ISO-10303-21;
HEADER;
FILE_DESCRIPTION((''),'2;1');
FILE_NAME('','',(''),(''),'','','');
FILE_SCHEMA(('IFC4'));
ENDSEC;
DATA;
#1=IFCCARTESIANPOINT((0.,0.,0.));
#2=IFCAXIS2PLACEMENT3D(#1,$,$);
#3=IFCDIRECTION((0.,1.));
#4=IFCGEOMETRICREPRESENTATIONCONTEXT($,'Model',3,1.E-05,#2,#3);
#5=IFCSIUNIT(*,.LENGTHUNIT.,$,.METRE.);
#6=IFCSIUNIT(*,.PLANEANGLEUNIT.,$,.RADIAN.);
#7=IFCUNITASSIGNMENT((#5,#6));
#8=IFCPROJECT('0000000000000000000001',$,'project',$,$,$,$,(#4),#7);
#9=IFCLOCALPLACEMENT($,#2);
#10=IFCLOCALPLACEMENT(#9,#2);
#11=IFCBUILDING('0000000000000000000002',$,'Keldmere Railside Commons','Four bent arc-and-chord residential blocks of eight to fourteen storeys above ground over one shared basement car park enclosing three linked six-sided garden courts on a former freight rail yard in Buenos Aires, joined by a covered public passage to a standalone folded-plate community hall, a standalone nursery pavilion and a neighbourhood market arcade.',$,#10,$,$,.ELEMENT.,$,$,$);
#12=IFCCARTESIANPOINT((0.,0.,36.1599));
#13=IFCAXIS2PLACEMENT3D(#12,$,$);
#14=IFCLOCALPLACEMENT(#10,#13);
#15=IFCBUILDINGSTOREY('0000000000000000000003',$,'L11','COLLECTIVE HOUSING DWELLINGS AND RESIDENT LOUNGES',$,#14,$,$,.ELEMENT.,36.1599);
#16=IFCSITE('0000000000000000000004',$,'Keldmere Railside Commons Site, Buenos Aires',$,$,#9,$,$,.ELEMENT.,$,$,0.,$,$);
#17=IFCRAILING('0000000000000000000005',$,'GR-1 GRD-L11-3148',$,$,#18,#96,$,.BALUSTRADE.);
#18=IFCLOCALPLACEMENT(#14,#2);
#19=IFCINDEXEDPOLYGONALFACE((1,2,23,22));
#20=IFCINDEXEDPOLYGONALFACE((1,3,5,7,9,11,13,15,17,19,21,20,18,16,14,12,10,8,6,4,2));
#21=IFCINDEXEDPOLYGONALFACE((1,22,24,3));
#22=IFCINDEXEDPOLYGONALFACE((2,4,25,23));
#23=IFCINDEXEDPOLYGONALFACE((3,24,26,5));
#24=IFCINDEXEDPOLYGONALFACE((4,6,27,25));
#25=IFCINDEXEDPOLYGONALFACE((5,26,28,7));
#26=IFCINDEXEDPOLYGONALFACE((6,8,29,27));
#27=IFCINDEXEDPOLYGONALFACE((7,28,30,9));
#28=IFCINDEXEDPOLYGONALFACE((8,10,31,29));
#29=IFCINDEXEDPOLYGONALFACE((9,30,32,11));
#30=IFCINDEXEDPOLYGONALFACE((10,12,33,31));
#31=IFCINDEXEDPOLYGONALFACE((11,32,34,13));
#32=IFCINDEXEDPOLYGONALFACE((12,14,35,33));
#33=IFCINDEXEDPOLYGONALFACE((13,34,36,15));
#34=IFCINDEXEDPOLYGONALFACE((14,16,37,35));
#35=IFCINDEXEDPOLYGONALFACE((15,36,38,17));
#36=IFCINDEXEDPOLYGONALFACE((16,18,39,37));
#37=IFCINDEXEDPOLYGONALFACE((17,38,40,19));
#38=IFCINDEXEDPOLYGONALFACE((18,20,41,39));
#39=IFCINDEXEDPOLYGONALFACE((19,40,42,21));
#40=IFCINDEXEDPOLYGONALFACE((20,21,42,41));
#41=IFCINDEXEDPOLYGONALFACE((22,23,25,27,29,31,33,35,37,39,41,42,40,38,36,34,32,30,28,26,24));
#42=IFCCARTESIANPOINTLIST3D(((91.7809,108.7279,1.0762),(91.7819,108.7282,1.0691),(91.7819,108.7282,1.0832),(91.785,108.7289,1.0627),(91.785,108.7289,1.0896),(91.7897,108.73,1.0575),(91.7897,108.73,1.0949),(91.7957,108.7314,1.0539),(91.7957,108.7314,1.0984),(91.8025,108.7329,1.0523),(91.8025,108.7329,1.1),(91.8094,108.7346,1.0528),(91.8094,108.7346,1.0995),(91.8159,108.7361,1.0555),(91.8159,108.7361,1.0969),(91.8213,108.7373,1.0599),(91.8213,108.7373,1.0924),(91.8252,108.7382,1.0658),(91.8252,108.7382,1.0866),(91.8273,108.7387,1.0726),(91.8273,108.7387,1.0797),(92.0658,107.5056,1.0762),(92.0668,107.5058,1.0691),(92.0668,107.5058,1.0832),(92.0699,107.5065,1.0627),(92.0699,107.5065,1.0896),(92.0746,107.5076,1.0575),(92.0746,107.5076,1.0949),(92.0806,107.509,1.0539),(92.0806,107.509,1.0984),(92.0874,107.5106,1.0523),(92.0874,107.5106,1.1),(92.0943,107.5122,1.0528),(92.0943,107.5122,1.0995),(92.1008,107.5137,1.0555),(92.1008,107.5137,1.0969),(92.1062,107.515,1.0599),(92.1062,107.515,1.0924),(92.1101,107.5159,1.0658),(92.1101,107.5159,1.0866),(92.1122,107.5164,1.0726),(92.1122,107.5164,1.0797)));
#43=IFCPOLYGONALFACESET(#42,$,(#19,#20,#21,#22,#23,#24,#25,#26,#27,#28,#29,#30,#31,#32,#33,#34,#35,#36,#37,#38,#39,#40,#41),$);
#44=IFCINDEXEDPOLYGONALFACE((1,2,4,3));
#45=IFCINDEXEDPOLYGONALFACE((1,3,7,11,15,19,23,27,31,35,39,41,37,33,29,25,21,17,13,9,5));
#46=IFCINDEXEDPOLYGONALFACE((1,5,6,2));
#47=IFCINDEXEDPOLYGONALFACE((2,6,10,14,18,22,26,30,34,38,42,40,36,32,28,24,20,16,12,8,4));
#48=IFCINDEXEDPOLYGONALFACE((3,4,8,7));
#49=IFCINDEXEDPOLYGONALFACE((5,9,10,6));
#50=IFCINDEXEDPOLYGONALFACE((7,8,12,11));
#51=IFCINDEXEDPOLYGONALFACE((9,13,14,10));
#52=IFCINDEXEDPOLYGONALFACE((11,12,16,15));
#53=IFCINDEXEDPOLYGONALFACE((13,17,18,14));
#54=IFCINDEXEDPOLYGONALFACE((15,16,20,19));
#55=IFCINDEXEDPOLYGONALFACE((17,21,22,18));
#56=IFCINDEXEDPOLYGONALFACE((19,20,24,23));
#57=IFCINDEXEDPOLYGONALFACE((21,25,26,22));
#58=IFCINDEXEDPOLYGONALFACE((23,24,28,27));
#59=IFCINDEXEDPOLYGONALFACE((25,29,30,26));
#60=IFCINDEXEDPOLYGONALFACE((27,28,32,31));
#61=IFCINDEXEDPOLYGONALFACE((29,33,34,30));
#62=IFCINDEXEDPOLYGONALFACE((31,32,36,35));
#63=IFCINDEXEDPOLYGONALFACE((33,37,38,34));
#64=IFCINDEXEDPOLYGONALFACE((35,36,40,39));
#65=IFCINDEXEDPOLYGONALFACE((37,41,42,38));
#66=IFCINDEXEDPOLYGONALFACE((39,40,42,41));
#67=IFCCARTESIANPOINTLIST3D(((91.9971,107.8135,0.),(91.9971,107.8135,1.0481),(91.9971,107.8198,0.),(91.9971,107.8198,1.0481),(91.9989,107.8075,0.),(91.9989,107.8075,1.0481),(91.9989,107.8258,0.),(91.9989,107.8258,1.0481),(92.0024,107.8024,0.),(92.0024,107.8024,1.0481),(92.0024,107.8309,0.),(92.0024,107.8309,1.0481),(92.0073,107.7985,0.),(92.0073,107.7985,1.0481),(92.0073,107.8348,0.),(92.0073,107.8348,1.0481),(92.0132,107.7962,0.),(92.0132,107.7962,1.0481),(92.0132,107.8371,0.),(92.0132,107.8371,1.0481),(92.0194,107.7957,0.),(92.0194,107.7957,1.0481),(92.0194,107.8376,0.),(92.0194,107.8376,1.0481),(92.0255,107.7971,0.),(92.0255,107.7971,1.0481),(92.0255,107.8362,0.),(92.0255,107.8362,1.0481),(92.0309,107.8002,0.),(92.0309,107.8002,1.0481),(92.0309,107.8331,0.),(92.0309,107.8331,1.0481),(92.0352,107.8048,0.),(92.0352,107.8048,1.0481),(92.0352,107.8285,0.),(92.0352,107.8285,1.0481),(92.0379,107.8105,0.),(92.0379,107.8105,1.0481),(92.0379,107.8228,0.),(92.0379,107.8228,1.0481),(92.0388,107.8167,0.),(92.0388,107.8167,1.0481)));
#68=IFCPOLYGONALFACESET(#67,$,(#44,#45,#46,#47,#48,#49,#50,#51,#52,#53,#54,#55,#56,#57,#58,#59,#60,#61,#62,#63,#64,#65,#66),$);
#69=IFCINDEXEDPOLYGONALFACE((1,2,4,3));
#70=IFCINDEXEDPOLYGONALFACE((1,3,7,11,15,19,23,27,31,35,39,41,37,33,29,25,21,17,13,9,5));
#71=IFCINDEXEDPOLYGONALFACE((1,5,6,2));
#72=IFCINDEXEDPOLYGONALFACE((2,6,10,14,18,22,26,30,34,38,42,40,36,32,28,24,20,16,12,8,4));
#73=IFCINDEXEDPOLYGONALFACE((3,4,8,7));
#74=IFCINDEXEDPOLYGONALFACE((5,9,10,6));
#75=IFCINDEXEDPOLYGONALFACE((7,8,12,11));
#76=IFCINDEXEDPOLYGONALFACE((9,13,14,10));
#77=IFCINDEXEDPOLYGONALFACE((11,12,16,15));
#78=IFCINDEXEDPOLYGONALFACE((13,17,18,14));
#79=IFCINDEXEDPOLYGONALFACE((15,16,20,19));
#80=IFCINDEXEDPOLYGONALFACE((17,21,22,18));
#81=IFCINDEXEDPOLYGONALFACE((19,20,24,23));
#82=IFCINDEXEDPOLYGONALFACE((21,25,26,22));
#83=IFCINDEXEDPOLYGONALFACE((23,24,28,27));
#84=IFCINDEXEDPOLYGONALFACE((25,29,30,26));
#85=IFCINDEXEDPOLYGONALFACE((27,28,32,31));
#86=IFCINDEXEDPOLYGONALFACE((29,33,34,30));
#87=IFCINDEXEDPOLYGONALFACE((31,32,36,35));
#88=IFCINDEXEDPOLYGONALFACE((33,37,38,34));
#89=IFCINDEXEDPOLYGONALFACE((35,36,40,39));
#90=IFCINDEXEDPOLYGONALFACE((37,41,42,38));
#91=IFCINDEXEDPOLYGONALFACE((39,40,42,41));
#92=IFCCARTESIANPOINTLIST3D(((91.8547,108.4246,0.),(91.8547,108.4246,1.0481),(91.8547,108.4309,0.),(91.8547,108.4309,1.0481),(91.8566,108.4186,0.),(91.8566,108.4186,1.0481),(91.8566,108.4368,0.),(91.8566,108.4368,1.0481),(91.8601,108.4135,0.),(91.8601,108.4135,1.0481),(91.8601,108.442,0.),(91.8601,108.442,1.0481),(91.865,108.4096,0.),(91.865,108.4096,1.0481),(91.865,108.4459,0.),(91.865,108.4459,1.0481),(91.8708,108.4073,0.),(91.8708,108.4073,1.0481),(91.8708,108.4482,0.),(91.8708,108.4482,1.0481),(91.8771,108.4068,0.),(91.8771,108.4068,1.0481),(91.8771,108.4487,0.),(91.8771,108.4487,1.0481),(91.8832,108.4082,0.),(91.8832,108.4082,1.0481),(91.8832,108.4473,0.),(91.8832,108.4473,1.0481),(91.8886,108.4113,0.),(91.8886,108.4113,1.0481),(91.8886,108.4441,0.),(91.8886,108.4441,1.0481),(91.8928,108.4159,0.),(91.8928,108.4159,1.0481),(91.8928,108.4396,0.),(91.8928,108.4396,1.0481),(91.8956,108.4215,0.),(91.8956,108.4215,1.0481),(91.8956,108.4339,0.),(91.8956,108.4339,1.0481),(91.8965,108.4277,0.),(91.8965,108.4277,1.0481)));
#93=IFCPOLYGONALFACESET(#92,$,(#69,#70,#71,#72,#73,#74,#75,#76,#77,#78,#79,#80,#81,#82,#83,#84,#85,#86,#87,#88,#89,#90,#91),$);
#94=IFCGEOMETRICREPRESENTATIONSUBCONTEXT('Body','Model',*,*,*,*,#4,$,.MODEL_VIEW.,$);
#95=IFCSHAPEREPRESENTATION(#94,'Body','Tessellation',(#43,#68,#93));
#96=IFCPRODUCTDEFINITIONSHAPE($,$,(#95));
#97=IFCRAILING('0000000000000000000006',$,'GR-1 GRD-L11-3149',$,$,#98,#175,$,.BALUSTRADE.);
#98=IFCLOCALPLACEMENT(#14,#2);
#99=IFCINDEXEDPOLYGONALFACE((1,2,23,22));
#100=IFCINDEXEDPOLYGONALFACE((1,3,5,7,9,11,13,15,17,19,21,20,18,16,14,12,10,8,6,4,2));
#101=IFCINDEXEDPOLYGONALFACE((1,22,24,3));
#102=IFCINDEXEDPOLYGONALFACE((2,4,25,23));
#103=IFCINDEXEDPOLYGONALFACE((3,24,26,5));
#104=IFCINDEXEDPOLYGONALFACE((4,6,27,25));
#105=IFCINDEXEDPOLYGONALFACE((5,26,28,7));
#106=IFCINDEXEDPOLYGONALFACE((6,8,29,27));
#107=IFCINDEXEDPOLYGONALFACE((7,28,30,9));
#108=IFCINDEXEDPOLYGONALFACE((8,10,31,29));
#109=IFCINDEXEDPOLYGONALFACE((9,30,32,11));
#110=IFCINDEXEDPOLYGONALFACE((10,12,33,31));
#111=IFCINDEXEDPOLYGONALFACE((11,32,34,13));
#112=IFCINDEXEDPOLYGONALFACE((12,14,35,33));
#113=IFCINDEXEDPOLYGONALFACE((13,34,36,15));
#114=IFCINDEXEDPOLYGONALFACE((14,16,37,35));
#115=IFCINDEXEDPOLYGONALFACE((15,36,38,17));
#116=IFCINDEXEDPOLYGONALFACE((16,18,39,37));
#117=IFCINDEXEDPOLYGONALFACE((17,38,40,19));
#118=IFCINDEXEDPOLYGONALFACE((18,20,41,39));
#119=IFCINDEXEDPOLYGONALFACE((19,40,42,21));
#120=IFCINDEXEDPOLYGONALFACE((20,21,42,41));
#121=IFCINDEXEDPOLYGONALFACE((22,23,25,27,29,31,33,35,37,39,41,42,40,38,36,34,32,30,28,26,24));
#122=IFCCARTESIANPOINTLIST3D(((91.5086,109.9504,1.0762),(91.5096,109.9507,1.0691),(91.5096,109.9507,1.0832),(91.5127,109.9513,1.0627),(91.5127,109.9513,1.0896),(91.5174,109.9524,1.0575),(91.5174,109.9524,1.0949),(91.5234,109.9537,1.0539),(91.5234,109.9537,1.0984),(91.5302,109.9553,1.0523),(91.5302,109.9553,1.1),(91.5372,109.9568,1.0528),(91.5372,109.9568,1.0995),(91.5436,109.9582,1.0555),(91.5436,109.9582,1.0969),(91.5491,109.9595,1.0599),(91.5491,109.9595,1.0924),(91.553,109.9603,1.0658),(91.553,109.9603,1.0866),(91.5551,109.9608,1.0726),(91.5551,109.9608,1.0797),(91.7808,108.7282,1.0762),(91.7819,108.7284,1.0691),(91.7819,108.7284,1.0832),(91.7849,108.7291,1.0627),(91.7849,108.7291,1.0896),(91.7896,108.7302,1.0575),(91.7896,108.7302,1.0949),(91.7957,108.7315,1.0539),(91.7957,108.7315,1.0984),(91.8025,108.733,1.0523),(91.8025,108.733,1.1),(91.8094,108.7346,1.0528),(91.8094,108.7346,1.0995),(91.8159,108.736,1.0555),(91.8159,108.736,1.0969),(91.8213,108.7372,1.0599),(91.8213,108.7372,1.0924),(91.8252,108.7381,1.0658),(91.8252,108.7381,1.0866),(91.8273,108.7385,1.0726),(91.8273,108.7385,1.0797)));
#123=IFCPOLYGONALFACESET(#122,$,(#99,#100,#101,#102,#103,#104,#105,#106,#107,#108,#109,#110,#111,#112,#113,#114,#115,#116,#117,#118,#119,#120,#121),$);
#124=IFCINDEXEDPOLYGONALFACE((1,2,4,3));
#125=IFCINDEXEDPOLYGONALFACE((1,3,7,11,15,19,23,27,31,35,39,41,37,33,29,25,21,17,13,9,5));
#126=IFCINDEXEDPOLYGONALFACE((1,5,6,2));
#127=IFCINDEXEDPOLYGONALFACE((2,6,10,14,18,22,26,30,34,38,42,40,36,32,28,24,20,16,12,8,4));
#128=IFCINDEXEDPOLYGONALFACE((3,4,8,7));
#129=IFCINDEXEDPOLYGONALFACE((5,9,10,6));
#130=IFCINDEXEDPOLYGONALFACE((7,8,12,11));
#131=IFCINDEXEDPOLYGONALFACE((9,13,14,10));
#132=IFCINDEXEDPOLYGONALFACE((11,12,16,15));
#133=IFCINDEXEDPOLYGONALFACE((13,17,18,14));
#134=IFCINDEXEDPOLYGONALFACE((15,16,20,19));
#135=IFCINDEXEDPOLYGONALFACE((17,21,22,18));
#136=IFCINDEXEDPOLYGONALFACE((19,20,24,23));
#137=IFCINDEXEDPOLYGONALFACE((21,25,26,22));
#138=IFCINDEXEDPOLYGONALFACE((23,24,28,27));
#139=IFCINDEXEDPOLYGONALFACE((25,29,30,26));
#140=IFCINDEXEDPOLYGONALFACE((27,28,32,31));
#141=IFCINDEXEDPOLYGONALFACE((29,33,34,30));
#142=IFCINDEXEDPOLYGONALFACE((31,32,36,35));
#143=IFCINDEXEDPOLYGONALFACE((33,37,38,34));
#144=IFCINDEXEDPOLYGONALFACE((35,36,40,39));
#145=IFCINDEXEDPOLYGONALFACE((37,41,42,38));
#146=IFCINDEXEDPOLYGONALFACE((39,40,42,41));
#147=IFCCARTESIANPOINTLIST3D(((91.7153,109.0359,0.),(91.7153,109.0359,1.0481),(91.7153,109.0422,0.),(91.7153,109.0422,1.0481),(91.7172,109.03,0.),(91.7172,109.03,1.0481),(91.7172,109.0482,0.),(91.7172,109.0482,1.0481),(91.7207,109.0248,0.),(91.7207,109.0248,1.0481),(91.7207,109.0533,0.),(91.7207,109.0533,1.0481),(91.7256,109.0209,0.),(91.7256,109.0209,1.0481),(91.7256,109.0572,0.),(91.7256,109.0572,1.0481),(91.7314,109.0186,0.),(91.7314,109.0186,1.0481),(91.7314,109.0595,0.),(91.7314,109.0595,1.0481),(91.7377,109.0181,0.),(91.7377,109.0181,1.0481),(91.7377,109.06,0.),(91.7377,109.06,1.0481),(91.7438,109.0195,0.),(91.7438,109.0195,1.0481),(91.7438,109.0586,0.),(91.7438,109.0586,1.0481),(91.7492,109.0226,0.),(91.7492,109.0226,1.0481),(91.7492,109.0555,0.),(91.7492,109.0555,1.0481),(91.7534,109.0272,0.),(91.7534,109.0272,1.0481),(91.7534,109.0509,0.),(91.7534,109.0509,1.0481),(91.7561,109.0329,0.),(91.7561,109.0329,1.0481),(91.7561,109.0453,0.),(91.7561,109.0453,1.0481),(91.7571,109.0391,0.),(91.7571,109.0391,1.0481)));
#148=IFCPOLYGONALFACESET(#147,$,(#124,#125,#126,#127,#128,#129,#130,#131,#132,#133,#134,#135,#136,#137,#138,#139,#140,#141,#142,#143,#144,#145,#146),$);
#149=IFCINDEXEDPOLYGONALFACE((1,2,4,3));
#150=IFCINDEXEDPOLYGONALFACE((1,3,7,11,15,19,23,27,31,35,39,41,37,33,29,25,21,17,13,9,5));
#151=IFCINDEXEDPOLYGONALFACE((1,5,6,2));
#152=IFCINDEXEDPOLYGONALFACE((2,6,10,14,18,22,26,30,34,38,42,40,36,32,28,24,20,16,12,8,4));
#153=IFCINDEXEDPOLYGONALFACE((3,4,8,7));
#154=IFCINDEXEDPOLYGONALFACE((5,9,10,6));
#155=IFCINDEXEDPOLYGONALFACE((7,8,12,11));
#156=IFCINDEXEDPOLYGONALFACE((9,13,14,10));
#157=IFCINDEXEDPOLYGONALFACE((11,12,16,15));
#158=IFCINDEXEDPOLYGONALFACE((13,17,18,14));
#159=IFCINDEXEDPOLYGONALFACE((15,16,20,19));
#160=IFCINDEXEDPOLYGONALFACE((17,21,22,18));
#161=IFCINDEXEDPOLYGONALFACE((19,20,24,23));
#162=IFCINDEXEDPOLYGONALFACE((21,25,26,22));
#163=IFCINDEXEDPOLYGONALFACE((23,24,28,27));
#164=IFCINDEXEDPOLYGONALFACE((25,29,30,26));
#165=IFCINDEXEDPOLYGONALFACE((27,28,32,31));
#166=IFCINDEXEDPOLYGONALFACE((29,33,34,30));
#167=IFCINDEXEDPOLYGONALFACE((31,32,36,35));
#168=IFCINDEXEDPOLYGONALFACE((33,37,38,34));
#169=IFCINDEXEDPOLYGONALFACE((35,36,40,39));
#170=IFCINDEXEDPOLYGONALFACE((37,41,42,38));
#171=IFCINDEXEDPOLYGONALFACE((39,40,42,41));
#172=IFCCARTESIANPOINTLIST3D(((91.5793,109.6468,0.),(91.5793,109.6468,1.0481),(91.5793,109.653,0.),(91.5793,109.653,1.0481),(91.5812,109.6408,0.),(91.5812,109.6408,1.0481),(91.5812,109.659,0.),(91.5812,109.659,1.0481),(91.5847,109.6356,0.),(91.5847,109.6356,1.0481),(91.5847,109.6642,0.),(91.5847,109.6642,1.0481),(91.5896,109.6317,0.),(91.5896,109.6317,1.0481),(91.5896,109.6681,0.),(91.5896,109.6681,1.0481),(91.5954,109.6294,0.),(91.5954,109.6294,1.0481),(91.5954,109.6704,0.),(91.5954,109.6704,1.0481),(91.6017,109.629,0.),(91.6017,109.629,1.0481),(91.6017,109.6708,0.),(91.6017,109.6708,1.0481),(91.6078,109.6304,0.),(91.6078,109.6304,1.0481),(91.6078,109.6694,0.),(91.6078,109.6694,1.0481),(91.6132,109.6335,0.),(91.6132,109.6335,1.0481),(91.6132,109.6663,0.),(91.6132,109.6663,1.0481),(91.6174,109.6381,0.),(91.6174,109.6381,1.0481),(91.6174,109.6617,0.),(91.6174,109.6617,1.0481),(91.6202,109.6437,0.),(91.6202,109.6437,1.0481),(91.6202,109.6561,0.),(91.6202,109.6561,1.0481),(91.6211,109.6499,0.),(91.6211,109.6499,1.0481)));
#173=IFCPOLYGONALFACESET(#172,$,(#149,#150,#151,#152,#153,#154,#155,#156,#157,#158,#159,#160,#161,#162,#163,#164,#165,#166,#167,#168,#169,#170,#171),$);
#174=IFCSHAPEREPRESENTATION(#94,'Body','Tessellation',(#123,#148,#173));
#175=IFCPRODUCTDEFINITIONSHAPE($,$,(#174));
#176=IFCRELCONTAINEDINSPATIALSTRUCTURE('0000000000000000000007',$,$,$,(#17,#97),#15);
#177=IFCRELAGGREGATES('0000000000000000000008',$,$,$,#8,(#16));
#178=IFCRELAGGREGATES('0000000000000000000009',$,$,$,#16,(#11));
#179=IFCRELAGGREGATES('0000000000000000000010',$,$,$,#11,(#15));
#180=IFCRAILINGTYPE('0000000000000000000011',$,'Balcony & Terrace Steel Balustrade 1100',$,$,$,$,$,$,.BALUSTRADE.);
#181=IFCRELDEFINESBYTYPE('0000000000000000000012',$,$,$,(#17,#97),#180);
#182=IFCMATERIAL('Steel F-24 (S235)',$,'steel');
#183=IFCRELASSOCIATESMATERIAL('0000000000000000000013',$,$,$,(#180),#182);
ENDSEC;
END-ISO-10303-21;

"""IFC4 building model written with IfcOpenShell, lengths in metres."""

from ifc_helpers import new_model, si_unit, direction, frame, origin, origin_2d, place, context, subcontext, project, spatial, circle, extrude, material, type_object, element, save


model = new_model("IFC4")

# Units and contexts
model_context = context("Model", 3, precision=1e-05, world=origin(), true_north=direction((0.0, 1.0)))
body_context = subcontext(model_context, "Body", "Model", "MODEL_VIEW")
ifc_project = project(units=[si_unit("LENGTHUNIT", "METRE"), si_unit("PLANEANGLEUNIT", "RADIAN")], contexts=[model_context])

# Site, building, storey
site_placement = place(None, origin())
site = spatial("IfcSite", under=ifc_project, at=site_placement, Name="Keldmere Railside Commons Site, Buenos Aires", CompositionType="ELEMENT", RefElevation=0.0)
building_placement = place(site_placement, origin())
building = spatial("IfcBuilding", under=site, at=building_placement, Name="Keldmere Railside Commons", Description="Four bent arc-and-chord residential blocks of eight to fourteen storeys above ground over one shared basement car park enclosing three linked six-sided garden courts on a former freight rail yard in Buenos Aires, joined by a covered public passage to a standalone folded-plate community hall, a standalone nursery pavilion and a neighbourhood market arcade.", CompositionType="ELEMENT")
storey_placement = place(building_placement, frame((0.0, 0.0, 36.1599)))
storey = spatial("IfcBuildingStorey", under=building, at=storey_placement, Name="L11", Description="COLLECTIVE HOUSING DWELLINGS AND RESIDENT LOUNGES", CompositionType="ELEMENT", Elevation=36.1599)

# Railings
ifc_material_1 = material(Name="Steel F-24 (S235)", Category="steel")
railing_type = type_object("IfcRailingType", Name="Balcony & Terrace Steel Balustrade 1100", PredefinedType="BALUSTRADE", material=ifc_material_1)
railing_1_placement = place(storey_placement, frame((92.0891, 107.511, 0.0)))
element("IfcRailing", 1, at=railing_1_placement, inside=storey, type_object=railing_type, Name="GR-1 GRD-L11-3148", PredefinedType="BALUSTRADE", context=body_context, shape_type="SweptSolid", body=[
    extrude(circle(Radius=0.0239, at=origin_2d()), frame((0.0, 0.0, 1.0762), z_axis=(-0.22699, 0.973897, 0.0), x_axis=(-0.973897, -0.22699, 0.0)), (0.0, 0.0, 1.0), 1.2551),
    extrude(circle(Radius=0.021, at=origin_2d()), frame((-0.0713, 0.3057, 0.0)), (0.0, 0.0, 1.0), 1.0481),
    extrude(circle(Radius=0.021, at=origin_2d()), frame((-0.2136, 0.9167, 0.0)), (0.0, 0.0, 1.0), 1.0481),
])
railing_2_placement = place(storey_placement, frame((91.8042, 108.7334, 0.0)))
element("IfcRailing", 2, at=railing_2_placement, inside=storey, type_object=railing_type, Name="GR-1 GRD-L11-3149", PredefinedType="BALUSTRADE", context=body_context, shape_type="SweptSolid", body=[
    extrude(circle(Radius=0.0239, at=origin_2d()), frame((0.0, 0.0, 1.0762), z_axis=(-0.217405, 0.976081, 0.0), x_axis=(-0.976081, -0.217405, 0.0)), (0.0, 0.0, 1.0), 1.2522),
    extrude(circle(Radius=0.021, at=origin_2d()), frame((-0.0681, 0.3057, 0.0)), (0.0, 0.0, 1.0), 1.0481),
    extrude(circle(Radius=0.021, at=origin_2d()), frame((-0.2041, 0.9165, 0.0)), (0.0, 0.0, 1.0), 1.0481),
])

save(model, "model.ifc")
